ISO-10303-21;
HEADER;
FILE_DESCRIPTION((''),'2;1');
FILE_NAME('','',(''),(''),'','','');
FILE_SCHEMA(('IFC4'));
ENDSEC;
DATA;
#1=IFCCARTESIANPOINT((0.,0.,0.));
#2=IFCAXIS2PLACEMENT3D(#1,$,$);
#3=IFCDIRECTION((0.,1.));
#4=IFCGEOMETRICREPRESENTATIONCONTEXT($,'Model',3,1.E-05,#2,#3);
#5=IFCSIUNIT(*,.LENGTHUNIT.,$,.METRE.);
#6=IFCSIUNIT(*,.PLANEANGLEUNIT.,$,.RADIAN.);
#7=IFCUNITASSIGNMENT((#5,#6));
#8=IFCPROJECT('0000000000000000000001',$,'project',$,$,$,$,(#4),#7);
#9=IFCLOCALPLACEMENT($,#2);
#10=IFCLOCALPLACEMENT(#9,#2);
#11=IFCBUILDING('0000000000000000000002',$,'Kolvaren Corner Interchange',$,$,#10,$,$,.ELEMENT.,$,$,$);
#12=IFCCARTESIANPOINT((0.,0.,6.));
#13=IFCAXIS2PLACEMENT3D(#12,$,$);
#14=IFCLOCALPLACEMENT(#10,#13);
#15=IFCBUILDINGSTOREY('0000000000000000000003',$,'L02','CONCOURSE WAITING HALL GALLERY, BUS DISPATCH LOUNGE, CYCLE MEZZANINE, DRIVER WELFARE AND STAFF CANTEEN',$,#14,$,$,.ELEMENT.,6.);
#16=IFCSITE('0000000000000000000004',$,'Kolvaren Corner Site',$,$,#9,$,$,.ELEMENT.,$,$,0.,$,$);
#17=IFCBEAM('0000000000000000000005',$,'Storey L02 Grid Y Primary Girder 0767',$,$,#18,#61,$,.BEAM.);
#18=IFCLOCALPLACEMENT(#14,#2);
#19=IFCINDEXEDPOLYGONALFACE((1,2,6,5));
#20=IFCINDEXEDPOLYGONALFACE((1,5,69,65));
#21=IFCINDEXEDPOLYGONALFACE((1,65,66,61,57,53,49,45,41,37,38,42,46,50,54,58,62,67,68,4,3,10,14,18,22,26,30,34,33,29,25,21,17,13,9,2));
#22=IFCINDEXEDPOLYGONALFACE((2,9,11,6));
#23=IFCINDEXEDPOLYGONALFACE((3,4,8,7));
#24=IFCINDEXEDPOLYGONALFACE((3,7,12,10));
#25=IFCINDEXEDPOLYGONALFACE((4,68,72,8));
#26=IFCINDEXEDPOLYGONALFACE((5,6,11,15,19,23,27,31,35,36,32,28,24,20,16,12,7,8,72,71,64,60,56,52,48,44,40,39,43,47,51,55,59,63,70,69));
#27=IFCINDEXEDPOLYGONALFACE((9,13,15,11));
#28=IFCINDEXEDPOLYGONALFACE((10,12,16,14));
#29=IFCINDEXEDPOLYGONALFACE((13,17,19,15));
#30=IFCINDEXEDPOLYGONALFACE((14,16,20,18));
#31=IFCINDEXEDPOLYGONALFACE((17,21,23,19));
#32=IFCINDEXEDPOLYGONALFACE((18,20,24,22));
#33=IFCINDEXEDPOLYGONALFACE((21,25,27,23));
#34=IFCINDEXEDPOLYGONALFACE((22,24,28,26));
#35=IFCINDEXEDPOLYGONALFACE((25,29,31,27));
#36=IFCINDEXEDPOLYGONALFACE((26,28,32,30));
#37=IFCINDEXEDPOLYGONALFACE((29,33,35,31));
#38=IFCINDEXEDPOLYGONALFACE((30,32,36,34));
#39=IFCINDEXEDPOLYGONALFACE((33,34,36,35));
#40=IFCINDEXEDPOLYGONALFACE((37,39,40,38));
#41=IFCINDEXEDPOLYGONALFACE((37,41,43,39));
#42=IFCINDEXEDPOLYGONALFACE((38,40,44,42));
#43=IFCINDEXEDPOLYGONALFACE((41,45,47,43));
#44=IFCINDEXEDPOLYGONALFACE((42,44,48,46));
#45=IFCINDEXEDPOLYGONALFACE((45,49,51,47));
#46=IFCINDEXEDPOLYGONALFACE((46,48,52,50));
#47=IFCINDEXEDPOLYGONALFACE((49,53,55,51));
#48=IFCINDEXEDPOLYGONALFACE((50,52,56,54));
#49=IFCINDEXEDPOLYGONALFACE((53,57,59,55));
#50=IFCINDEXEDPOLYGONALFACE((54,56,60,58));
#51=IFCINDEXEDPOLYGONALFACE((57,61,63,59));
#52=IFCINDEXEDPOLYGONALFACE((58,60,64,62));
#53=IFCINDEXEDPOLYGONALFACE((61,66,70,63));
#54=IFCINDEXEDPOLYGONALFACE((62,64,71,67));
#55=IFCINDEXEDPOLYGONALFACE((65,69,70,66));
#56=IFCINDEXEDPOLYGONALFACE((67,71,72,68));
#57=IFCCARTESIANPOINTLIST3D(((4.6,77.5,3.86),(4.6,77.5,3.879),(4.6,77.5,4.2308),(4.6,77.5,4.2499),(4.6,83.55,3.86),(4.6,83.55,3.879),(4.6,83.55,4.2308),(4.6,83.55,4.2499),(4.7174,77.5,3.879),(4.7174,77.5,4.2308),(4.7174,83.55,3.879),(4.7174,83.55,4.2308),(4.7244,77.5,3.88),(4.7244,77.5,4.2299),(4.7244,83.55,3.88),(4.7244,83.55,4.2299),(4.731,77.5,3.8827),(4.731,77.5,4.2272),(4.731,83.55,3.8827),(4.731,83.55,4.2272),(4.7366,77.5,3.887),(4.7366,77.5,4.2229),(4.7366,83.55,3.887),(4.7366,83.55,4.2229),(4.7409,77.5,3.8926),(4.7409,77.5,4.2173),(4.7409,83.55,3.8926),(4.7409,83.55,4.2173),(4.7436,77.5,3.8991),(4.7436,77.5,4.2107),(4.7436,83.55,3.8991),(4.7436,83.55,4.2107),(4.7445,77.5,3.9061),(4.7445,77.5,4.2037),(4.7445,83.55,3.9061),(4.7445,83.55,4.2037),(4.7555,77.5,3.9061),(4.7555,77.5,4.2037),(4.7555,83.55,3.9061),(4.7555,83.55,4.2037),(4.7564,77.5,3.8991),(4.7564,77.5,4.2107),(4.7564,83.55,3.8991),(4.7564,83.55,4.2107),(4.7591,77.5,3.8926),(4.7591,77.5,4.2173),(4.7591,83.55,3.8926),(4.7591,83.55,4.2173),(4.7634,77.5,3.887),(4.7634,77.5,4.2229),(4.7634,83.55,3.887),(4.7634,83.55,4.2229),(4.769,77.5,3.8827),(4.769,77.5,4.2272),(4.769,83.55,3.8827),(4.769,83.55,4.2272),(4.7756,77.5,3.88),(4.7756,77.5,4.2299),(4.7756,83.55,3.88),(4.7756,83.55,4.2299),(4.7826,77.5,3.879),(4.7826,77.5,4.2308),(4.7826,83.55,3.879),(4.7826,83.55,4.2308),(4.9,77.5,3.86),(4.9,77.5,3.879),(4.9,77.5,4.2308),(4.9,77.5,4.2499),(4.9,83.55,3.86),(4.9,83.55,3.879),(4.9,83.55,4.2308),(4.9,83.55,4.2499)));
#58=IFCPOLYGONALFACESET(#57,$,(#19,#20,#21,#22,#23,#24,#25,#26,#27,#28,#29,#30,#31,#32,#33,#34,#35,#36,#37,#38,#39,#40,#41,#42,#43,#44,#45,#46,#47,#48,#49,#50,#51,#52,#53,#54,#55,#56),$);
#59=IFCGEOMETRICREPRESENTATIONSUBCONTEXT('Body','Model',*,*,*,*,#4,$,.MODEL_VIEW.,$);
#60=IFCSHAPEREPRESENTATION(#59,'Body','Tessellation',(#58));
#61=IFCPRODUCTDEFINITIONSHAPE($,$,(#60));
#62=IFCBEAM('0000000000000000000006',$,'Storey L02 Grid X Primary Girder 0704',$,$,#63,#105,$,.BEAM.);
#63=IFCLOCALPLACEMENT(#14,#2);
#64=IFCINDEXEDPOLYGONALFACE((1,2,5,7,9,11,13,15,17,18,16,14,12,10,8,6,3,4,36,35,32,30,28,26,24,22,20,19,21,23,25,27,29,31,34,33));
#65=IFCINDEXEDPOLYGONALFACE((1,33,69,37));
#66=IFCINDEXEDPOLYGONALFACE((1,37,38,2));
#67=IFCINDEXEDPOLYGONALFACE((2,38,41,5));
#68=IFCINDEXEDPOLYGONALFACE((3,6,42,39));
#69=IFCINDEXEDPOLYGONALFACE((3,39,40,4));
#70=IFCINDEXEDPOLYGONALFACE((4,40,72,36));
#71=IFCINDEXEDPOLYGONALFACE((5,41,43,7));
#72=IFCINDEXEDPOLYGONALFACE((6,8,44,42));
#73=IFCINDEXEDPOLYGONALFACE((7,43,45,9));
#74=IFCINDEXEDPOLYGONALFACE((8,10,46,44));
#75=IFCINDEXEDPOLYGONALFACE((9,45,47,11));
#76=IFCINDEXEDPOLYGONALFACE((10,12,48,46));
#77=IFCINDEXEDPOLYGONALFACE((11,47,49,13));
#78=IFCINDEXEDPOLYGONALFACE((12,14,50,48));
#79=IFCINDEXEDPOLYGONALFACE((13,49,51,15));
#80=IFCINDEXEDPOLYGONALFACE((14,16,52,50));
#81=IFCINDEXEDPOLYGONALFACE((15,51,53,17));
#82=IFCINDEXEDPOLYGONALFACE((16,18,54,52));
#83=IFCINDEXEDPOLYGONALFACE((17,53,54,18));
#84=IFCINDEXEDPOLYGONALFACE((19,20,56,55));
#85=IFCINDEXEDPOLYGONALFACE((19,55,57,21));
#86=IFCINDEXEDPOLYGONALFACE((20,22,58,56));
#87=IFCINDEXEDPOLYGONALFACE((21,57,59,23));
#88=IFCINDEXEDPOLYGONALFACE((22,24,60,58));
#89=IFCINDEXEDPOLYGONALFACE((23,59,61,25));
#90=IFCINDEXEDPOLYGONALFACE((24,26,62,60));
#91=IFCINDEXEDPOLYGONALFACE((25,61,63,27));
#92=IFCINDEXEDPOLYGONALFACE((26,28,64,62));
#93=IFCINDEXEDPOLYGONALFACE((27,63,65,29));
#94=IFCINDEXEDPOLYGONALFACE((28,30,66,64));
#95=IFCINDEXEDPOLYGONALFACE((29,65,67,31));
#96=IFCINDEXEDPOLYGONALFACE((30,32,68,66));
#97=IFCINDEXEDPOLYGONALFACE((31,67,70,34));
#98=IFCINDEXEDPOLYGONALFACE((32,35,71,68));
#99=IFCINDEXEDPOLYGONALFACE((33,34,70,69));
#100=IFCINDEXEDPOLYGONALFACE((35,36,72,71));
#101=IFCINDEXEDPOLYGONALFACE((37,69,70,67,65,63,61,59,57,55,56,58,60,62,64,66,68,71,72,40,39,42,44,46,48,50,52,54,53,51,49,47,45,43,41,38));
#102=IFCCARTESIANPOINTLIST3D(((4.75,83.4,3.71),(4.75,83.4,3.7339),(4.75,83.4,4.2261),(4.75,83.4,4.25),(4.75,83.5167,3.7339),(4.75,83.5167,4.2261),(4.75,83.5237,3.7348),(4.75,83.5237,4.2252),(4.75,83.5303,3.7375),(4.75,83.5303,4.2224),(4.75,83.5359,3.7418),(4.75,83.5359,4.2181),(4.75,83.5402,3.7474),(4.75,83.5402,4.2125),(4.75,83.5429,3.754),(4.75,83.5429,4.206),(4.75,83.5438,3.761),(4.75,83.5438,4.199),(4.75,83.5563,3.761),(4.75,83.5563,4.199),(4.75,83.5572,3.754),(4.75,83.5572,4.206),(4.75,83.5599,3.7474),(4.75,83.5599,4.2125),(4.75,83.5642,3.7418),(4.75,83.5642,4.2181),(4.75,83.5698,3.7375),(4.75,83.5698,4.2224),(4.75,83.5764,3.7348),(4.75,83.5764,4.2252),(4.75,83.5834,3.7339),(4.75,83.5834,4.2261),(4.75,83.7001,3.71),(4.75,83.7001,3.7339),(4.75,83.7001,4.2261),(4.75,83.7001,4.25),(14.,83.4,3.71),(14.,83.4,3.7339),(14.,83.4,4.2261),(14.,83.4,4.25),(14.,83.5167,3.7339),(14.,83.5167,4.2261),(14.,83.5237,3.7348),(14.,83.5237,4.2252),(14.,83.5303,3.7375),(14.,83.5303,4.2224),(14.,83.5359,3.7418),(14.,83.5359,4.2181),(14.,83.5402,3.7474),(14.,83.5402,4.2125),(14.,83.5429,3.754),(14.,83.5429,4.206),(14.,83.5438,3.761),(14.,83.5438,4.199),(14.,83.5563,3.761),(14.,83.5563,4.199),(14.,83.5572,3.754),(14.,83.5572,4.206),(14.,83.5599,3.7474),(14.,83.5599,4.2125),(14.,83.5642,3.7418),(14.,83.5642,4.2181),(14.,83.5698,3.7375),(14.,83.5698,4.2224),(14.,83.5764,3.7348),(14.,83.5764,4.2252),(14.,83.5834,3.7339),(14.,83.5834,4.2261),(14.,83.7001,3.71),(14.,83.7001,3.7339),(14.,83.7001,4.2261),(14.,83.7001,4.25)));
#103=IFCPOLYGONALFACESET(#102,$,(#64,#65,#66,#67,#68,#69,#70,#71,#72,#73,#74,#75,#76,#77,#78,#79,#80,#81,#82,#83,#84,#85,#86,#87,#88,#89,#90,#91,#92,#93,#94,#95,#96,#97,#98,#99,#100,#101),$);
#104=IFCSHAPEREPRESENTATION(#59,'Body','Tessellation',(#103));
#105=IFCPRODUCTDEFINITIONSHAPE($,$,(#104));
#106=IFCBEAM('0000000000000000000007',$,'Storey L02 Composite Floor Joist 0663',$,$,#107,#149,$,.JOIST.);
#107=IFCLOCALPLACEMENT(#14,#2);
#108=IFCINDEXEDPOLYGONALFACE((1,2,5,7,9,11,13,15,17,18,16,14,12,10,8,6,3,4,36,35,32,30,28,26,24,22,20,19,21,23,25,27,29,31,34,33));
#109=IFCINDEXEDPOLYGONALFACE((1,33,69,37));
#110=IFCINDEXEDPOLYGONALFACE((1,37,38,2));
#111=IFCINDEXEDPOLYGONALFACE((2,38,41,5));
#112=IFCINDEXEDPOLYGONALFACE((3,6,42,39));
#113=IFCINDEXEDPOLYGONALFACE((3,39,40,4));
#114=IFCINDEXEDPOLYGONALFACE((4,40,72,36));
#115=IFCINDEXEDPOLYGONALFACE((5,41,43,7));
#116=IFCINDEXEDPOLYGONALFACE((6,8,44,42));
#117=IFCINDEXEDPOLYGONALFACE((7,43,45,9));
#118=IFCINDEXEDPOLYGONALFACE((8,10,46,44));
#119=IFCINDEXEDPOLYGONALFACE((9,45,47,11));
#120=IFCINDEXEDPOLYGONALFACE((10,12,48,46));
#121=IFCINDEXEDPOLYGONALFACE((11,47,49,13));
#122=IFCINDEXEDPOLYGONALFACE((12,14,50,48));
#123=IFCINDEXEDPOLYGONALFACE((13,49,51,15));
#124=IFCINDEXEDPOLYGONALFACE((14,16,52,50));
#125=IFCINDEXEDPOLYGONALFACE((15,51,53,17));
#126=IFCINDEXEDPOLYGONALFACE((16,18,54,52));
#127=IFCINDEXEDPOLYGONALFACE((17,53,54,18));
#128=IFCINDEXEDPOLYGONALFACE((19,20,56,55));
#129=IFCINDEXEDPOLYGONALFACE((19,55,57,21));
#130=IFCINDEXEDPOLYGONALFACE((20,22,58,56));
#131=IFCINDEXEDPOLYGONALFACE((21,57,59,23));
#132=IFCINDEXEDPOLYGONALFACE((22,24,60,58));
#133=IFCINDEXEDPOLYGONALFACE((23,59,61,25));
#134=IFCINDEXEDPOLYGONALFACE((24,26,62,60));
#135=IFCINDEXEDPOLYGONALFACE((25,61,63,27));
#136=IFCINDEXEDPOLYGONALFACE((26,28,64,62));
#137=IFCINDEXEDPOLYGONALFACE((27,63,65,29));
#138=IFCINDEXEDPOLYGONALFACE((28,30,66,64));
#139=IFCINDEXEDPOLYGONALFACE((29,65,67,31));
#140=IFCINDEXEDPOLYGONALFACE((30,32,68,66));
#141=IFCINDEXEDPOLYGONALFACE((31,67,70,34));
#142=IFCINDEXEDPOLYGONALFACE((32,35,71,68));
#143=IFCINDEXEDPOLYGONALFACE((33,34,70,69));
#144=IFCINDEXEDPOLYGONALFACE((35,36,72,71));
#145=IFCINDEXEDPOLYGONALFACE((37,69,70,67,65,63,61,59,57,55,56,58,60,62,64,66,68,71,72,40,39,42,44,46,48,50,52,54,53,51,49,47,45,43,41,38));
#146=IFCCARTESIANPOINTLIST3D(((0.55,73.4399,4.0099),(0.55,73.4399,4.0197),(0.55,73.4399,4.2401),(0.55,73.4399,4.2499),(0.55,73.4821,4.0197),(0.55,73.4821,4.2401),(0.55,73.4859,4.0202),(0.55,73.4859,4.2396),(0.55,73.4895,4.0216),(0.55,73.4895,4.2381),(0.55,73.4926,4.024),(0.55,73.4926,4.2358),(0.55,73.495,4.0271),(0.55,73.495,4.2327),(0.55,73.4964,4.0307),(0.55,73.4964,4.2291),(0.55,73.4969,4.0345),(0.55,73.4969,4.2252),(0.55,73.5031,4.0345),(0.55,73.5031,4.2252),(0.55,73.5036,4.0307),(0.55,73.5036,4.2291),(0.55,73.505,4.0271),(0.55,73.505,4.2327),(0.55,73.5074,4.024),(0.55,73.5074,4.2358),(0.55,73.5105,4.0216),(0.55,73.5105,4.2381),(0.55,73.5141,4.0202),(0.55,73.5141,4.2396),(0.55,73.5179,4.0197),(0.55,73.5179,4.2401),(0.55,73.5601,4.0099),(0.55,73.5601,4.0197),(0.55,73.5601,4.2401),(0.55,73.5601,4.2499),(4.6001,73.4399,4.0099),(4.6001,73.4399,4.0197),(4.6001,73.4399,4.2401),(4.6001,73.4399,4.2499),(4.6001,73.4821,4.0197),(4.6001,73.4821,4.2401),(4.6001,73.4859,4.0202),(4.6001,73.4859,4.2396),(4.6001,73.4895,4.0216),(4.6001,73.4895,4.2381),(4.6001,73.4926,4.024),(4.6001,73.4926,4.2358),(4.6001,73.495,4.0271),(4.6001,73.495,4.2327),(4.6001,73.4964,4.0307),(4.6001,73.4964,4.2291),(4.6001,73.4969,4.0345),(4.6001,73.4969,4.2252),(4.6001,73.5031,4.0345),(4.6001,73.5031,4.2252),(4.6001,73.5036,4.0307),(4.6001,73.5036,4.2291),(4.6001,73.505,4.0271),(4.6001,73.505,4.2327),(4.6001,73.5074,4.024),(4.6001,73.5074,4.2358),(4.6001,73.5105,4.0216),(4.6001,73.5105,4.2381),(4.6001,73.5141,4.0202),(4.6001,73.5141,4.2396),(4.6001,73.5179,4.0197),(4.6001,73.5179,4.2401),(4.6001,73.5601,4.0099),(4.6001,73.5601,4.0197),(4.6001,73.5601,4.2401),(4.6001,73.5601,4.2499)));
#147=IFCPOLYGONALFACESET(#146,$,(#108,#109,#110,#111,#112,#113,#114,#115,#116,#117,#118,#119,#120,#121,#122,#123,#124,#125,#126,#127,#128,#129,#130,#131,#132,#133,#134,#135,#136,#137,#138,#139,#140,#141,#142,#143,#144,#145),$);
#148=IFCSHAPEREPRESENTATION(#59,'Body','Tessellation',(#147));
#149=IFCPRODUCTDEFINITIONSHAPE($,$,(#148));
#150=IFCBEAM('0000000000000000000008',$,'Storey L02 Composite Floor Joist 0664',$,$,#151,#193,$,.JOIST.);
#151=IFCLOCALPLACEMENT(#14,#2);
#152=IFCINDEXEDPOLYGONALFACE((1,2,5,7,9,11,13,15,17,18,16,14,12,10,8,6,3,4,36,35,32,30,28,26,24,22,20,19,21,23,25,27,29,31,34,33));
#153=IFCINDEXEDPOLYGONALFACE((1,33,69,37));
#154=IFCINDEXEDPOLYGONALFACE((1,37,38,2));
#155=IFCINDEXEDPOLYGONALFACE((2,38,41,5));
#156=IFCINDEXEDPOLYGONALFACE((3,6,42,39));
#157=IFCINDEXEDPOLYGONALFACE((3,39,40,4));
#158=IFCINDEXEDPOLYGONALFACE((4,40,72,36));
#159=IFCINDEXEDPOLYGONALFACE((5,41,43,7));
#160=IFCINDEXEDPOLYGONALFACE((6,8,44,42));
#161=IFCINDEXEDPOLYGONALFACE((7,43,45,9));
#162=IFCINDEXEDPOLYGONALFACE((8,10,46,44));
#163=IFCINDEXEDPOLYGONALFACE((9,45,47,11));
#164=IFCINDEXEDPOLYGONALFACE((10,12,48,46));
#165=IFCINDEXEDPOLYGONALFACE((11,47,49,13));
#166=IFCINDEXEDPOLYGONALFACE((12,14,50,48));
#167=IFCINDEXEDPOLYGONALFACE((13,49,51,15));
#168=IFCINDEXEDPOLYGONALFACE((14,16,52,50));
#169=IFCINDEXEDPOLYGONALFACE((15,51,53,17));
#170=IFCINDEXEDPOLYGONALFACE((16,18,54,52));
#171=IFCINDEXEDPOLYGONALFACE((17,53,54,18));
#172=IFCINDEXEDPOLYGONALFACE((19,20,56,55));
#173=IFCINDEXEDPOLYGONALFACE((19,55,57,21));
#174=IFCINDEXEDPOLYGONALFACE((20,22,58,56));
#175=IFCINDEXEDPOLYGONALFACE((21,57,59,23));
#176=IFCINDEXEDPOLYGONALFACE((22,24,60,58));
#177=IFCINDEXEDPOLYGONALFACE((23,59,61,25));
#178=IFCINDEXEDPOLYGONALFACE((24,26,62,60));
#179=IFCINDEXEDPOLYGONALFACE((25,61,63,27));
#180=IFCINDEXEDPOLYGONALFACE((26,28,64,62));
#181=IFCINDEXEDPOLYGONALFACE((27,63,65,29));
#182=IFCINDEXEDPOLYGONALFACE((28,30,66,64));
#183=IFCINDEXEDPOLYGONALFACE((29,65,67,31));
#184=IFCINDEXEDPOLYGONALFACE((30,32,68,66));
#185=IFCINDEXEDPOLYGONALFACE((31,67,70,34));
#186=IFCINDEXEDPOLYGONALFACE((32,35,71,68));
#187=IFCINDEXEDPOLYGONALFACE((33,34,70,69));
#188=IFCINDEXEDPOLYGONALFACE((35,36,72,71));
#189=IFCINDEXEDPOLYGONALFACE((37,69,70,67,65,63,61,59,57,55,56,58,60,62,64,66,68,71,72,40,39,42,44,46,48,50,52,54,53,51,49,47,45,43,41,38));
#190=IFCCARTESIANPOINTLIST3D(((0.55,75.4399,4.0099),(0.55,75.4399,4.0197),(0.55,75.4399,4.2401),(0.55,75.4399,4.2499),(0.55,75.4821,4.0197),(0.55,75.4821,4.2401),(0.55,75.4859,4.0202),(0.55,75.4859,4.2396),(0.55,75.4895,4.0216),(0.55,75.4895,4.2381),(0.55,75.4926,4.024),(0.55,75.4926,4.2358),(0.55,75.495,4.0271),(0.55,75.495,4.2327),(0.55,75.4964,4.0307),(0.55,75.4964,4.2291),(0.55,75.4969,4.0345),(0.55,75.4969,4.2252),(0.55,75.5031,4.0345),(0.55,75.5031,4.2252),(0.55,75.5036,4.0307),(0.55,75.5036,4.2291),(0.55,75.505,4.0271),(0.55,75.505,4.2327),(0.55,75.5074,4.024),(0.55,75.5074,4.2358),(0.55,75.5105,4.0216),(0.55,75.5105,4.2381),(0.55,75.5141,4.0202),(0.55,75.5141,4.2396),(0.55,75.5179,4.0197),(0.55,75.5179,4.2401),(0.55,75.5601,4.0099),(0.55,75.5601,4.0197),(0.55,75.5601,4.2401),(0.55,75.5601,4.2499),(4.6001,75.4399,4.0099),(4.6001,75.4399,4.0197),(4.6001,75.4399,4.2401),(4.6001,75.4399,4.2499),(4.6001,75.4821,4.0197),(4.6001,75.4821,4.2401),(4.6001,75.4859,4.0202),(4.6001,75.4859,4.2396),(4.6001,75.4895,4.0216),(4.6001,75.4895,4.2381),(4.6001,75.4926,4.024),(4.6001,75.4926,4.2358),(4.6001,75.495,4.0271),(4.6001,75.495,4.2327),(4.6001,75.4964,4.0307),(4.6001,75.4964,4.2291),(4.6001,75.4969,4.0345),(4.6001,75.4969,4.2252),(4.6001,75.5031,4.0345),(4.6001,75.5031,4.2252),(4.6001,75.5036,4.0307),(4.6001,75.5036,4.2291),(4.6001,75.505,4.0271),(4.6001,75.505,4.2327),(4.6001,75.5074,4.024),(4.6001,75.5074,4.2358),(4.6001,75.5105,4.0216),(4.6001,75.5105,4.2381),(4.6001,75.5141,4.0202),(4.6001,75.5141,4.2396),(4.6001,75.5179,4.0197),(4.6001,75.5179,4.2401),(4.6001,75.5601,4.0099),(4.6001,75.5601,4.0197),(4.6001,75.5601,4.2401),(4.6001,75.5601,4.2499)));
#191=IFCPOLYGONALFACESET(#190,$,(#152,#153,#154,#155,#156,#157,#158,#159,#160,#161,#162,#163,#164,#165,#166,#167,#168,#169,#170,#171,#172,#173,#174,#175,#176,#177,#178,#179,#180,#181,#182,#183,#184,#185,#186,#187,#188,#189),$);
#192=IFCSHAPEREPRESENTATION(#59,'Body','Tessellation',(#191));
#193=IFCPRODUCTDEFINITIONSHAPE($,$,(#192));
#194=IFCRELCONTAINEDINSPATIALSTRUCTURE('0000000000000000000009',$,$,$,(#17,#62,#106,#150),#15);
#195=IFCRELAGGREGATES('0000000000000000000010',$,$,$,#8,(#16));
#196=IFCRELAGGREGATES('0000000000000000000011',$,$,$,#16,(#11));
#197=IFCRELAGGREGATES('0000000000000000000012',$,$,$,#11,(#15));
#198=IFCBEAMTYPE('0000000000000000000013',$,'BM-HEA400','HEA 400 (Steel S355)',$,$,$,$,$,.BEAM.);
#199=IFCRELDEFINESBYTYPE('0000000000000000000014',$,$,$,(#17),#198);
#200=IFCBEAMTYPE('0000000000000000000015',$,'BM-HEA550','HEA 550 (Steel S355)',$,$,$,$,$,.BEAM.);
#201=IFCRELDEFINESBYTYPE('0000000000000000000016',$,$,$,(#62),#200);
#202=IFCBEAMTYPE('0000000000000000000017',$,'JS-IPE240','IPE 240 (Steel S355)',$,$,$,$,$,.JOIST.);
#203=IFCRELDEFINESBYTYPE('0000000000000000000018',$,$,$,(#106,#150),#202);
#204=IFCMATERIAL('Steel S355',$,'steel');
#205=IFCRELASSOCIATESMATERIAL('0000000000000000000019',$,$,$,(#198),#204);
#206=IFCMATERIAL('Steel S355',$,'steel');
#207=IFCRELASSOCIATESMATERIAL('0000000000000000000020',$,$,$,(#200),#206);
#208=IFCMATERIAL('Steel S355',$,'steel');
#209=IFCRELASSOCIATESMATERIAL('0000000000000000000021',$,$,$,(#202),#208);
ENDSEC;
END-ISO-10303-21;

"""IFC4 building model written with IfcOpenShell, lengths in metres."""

from ifc_helpers import new_model, si_unit, direction, frame, origin, origin_2d, place, context, subcontext, project, spatial, i_section, extrude, material, material_profile, profile_set, type_object, element, save


model = new_model("IFC4")

# Units and contexts
model_context = context("Model", 3, precision=1e-05, world=origin(), true_north=direction((0.0, 1.0)))
body_context = subcontext(model_context, "Body", "Model", "MODEL_VIEW")
ifc_project = project(units=[si_unit("LENGTHUNIT", "METRE"), si_unit("PLANEANGLEUNIT", "RADIAN")], contexts=[model_context])

# Site, building, storey
site_placement = place(None, origin())
site = spatial("IfcSite", under=ifc_project, at=site_placement, Name="Kolvaren Corner Site", CompositionType="ELEMENT", RefElevation=0.0)
building_placement = place(site_placement, origin())
building = spatial("IfcBuilding", under=site, at=building_placement, Name="Kolvaren Corner Interchange", CompositionType="ELEMENT")
storey_placement = place(building_placement, frame((0.0, 0.0, 6.0)))
storey = spatial("IfcBuildingStorey", under=building, at=storey_placement, Name="L02", Description="CONCOURSE WAITING HALL GALLERY, BUS DISPATCH LOUNGE, CYCLE MEZZANINE, DRIVER WELFARE AND STAFF CANTEEN", CompositionType="ELEMENT", Elevation=6.0)

# Beams
ifc_material_1 = material(Name="Steel S355", Category="steel")
ifc_material_profile_1 = material_profile(ifc_material_1, i_section(OverallWidth=0.3, OverallDepth=0.3899, WebThickness=0.011, FlangeThickness=0.019, FilletRadius=0.0271, at=origin_2d()), Name="HEA 400")
ifc_profile_set_1 = profile_set([ifc_material_profile_1], Name="Steel S355")
beam_type_1 = type_object("IfcBeamType", Name="BM-HEA400", Description="HEA 400 (Steel S355)", PredefinedType="BEAM", material=ifc_profile_set_1)
beam_1_placement = place(storey_placement, frame((4.75, 77.5, 4.0549), z_axis=(0.0, 1.0, 0.0), x_axis=(-1.0, 0.0, 0.0)))
element("IfcBeam", 1, at=beam_1_placement, inside=storey, type_object=beam_type_1, Name="Storey L02 Grid Y Primary Girder 0767", PredefinedType="BEAM", context=body_context, shape_type="SweptSolid", body=[
    extrude(i_section(OverallWidth=0.3, OverallDepth=0.3899, WebThickness=0.011, FlangeThickness=0.019, FilletRadius=0.0271, at=origin_2d()), origin(), (0.0, 0.0, 1.0), 6.05),
])
ifc_material_2 = material(Name="Steel S355", Category="steel")
ifc_material_profile_2 = material_profile(ifc_material_2, i_section(OverallWidth=0.3, OverallDepth=0.54, WebThickness=0.0125, FlangeThickness=0.0239, FilletRadius=0.0271, at=origin_2d()), Name="HEA 550")
ifc_profile_set_2 = profile_set([ifc_material_profile_2], Name="Steel S355")
beam_type_2 = type_object("IfcBeamType", Name="BM-HEA550", Description="HEA 550 (Steel S355)", PredefinedType="BEAM", material=ifc_profile_set_2)
beam_2_placement = place(storey_placement, frame((4.75, 83.55, 3.98), z_axis=(1.0, 0.0, 0.0), x_axis=(0.0, 1.0, 0.0)))
element("IfcBeam", 2, at=beam_2_placement, inside=storey, type_object=beam_type_2, Name="Storey L02 Grid X Primary Girder 0704", PredefinedType="BEAM", context=body_context, shape_type="SweptSolid", body=[
    extrude(i_section(OverallWidth=0.3, OverallDepth=0.54, WebThickness=0.0125, FlangeThickness=0.0239, FilletRadius=0.0271, at=origin_2d()), origin(), (0.0, 0.0, 1.0), 9.25),
])
ifc_material_3 = material(Name="Steel S355", Category="steel")
ifc_material_profile_3 = material_profile(ifc_material_3, i_section(OverallWidth=0.1201, OverallDepth=0.24, WebThickness=0.0061, FlangeThickness=0.0098, FilletRadius=0.0149, at=origin_2d()), Name="IPE 240")
ifc_profile_set_3 = profile_set([ifc_material_profile_3], Name="Steel S355")
beam_type_3 = type_object("IfcBeamType", Name="JS-IPE240", Description="IPE 240 (Steel S355)", PredefinedType="JOIST", material=ifc_profile_set_3)
for number, where, z_axis, x_axis, name in (
    (3, (0.55, 73.5, 4.1299), (1.0, 0.0, 0.0), (0.0, 1.0, 0.0), "Storey L02 Composite Floor Joist 0663"),
    (4, (0.55, 75.5, 4.1299), (1.0, 0.0, 0.0), (0.0, 1.0, 0.0), "Storey L02 Composite Floor Joist 0664"),
):
    element("IfcBeam", number, at=place(storey_placement, frame(where, z_axis=z_axis, x_axis=x_axis)), inside=storey, type_object=beam_type_3, Name=name, PredefinedType="JOIST", context=body_context, shape_type="SweptSolid", body=[
        extrude(i_section(OverallWidth=0.1201, OverallDepth=0.24, WebThickness=0.0061, FlangeThickness=0.0098, FilletRadius=0.0149, at=origin_2d()), origin(), (0.0, 0.0, 1.0), 4.05),
    ])

save(model, "model.ifc")
